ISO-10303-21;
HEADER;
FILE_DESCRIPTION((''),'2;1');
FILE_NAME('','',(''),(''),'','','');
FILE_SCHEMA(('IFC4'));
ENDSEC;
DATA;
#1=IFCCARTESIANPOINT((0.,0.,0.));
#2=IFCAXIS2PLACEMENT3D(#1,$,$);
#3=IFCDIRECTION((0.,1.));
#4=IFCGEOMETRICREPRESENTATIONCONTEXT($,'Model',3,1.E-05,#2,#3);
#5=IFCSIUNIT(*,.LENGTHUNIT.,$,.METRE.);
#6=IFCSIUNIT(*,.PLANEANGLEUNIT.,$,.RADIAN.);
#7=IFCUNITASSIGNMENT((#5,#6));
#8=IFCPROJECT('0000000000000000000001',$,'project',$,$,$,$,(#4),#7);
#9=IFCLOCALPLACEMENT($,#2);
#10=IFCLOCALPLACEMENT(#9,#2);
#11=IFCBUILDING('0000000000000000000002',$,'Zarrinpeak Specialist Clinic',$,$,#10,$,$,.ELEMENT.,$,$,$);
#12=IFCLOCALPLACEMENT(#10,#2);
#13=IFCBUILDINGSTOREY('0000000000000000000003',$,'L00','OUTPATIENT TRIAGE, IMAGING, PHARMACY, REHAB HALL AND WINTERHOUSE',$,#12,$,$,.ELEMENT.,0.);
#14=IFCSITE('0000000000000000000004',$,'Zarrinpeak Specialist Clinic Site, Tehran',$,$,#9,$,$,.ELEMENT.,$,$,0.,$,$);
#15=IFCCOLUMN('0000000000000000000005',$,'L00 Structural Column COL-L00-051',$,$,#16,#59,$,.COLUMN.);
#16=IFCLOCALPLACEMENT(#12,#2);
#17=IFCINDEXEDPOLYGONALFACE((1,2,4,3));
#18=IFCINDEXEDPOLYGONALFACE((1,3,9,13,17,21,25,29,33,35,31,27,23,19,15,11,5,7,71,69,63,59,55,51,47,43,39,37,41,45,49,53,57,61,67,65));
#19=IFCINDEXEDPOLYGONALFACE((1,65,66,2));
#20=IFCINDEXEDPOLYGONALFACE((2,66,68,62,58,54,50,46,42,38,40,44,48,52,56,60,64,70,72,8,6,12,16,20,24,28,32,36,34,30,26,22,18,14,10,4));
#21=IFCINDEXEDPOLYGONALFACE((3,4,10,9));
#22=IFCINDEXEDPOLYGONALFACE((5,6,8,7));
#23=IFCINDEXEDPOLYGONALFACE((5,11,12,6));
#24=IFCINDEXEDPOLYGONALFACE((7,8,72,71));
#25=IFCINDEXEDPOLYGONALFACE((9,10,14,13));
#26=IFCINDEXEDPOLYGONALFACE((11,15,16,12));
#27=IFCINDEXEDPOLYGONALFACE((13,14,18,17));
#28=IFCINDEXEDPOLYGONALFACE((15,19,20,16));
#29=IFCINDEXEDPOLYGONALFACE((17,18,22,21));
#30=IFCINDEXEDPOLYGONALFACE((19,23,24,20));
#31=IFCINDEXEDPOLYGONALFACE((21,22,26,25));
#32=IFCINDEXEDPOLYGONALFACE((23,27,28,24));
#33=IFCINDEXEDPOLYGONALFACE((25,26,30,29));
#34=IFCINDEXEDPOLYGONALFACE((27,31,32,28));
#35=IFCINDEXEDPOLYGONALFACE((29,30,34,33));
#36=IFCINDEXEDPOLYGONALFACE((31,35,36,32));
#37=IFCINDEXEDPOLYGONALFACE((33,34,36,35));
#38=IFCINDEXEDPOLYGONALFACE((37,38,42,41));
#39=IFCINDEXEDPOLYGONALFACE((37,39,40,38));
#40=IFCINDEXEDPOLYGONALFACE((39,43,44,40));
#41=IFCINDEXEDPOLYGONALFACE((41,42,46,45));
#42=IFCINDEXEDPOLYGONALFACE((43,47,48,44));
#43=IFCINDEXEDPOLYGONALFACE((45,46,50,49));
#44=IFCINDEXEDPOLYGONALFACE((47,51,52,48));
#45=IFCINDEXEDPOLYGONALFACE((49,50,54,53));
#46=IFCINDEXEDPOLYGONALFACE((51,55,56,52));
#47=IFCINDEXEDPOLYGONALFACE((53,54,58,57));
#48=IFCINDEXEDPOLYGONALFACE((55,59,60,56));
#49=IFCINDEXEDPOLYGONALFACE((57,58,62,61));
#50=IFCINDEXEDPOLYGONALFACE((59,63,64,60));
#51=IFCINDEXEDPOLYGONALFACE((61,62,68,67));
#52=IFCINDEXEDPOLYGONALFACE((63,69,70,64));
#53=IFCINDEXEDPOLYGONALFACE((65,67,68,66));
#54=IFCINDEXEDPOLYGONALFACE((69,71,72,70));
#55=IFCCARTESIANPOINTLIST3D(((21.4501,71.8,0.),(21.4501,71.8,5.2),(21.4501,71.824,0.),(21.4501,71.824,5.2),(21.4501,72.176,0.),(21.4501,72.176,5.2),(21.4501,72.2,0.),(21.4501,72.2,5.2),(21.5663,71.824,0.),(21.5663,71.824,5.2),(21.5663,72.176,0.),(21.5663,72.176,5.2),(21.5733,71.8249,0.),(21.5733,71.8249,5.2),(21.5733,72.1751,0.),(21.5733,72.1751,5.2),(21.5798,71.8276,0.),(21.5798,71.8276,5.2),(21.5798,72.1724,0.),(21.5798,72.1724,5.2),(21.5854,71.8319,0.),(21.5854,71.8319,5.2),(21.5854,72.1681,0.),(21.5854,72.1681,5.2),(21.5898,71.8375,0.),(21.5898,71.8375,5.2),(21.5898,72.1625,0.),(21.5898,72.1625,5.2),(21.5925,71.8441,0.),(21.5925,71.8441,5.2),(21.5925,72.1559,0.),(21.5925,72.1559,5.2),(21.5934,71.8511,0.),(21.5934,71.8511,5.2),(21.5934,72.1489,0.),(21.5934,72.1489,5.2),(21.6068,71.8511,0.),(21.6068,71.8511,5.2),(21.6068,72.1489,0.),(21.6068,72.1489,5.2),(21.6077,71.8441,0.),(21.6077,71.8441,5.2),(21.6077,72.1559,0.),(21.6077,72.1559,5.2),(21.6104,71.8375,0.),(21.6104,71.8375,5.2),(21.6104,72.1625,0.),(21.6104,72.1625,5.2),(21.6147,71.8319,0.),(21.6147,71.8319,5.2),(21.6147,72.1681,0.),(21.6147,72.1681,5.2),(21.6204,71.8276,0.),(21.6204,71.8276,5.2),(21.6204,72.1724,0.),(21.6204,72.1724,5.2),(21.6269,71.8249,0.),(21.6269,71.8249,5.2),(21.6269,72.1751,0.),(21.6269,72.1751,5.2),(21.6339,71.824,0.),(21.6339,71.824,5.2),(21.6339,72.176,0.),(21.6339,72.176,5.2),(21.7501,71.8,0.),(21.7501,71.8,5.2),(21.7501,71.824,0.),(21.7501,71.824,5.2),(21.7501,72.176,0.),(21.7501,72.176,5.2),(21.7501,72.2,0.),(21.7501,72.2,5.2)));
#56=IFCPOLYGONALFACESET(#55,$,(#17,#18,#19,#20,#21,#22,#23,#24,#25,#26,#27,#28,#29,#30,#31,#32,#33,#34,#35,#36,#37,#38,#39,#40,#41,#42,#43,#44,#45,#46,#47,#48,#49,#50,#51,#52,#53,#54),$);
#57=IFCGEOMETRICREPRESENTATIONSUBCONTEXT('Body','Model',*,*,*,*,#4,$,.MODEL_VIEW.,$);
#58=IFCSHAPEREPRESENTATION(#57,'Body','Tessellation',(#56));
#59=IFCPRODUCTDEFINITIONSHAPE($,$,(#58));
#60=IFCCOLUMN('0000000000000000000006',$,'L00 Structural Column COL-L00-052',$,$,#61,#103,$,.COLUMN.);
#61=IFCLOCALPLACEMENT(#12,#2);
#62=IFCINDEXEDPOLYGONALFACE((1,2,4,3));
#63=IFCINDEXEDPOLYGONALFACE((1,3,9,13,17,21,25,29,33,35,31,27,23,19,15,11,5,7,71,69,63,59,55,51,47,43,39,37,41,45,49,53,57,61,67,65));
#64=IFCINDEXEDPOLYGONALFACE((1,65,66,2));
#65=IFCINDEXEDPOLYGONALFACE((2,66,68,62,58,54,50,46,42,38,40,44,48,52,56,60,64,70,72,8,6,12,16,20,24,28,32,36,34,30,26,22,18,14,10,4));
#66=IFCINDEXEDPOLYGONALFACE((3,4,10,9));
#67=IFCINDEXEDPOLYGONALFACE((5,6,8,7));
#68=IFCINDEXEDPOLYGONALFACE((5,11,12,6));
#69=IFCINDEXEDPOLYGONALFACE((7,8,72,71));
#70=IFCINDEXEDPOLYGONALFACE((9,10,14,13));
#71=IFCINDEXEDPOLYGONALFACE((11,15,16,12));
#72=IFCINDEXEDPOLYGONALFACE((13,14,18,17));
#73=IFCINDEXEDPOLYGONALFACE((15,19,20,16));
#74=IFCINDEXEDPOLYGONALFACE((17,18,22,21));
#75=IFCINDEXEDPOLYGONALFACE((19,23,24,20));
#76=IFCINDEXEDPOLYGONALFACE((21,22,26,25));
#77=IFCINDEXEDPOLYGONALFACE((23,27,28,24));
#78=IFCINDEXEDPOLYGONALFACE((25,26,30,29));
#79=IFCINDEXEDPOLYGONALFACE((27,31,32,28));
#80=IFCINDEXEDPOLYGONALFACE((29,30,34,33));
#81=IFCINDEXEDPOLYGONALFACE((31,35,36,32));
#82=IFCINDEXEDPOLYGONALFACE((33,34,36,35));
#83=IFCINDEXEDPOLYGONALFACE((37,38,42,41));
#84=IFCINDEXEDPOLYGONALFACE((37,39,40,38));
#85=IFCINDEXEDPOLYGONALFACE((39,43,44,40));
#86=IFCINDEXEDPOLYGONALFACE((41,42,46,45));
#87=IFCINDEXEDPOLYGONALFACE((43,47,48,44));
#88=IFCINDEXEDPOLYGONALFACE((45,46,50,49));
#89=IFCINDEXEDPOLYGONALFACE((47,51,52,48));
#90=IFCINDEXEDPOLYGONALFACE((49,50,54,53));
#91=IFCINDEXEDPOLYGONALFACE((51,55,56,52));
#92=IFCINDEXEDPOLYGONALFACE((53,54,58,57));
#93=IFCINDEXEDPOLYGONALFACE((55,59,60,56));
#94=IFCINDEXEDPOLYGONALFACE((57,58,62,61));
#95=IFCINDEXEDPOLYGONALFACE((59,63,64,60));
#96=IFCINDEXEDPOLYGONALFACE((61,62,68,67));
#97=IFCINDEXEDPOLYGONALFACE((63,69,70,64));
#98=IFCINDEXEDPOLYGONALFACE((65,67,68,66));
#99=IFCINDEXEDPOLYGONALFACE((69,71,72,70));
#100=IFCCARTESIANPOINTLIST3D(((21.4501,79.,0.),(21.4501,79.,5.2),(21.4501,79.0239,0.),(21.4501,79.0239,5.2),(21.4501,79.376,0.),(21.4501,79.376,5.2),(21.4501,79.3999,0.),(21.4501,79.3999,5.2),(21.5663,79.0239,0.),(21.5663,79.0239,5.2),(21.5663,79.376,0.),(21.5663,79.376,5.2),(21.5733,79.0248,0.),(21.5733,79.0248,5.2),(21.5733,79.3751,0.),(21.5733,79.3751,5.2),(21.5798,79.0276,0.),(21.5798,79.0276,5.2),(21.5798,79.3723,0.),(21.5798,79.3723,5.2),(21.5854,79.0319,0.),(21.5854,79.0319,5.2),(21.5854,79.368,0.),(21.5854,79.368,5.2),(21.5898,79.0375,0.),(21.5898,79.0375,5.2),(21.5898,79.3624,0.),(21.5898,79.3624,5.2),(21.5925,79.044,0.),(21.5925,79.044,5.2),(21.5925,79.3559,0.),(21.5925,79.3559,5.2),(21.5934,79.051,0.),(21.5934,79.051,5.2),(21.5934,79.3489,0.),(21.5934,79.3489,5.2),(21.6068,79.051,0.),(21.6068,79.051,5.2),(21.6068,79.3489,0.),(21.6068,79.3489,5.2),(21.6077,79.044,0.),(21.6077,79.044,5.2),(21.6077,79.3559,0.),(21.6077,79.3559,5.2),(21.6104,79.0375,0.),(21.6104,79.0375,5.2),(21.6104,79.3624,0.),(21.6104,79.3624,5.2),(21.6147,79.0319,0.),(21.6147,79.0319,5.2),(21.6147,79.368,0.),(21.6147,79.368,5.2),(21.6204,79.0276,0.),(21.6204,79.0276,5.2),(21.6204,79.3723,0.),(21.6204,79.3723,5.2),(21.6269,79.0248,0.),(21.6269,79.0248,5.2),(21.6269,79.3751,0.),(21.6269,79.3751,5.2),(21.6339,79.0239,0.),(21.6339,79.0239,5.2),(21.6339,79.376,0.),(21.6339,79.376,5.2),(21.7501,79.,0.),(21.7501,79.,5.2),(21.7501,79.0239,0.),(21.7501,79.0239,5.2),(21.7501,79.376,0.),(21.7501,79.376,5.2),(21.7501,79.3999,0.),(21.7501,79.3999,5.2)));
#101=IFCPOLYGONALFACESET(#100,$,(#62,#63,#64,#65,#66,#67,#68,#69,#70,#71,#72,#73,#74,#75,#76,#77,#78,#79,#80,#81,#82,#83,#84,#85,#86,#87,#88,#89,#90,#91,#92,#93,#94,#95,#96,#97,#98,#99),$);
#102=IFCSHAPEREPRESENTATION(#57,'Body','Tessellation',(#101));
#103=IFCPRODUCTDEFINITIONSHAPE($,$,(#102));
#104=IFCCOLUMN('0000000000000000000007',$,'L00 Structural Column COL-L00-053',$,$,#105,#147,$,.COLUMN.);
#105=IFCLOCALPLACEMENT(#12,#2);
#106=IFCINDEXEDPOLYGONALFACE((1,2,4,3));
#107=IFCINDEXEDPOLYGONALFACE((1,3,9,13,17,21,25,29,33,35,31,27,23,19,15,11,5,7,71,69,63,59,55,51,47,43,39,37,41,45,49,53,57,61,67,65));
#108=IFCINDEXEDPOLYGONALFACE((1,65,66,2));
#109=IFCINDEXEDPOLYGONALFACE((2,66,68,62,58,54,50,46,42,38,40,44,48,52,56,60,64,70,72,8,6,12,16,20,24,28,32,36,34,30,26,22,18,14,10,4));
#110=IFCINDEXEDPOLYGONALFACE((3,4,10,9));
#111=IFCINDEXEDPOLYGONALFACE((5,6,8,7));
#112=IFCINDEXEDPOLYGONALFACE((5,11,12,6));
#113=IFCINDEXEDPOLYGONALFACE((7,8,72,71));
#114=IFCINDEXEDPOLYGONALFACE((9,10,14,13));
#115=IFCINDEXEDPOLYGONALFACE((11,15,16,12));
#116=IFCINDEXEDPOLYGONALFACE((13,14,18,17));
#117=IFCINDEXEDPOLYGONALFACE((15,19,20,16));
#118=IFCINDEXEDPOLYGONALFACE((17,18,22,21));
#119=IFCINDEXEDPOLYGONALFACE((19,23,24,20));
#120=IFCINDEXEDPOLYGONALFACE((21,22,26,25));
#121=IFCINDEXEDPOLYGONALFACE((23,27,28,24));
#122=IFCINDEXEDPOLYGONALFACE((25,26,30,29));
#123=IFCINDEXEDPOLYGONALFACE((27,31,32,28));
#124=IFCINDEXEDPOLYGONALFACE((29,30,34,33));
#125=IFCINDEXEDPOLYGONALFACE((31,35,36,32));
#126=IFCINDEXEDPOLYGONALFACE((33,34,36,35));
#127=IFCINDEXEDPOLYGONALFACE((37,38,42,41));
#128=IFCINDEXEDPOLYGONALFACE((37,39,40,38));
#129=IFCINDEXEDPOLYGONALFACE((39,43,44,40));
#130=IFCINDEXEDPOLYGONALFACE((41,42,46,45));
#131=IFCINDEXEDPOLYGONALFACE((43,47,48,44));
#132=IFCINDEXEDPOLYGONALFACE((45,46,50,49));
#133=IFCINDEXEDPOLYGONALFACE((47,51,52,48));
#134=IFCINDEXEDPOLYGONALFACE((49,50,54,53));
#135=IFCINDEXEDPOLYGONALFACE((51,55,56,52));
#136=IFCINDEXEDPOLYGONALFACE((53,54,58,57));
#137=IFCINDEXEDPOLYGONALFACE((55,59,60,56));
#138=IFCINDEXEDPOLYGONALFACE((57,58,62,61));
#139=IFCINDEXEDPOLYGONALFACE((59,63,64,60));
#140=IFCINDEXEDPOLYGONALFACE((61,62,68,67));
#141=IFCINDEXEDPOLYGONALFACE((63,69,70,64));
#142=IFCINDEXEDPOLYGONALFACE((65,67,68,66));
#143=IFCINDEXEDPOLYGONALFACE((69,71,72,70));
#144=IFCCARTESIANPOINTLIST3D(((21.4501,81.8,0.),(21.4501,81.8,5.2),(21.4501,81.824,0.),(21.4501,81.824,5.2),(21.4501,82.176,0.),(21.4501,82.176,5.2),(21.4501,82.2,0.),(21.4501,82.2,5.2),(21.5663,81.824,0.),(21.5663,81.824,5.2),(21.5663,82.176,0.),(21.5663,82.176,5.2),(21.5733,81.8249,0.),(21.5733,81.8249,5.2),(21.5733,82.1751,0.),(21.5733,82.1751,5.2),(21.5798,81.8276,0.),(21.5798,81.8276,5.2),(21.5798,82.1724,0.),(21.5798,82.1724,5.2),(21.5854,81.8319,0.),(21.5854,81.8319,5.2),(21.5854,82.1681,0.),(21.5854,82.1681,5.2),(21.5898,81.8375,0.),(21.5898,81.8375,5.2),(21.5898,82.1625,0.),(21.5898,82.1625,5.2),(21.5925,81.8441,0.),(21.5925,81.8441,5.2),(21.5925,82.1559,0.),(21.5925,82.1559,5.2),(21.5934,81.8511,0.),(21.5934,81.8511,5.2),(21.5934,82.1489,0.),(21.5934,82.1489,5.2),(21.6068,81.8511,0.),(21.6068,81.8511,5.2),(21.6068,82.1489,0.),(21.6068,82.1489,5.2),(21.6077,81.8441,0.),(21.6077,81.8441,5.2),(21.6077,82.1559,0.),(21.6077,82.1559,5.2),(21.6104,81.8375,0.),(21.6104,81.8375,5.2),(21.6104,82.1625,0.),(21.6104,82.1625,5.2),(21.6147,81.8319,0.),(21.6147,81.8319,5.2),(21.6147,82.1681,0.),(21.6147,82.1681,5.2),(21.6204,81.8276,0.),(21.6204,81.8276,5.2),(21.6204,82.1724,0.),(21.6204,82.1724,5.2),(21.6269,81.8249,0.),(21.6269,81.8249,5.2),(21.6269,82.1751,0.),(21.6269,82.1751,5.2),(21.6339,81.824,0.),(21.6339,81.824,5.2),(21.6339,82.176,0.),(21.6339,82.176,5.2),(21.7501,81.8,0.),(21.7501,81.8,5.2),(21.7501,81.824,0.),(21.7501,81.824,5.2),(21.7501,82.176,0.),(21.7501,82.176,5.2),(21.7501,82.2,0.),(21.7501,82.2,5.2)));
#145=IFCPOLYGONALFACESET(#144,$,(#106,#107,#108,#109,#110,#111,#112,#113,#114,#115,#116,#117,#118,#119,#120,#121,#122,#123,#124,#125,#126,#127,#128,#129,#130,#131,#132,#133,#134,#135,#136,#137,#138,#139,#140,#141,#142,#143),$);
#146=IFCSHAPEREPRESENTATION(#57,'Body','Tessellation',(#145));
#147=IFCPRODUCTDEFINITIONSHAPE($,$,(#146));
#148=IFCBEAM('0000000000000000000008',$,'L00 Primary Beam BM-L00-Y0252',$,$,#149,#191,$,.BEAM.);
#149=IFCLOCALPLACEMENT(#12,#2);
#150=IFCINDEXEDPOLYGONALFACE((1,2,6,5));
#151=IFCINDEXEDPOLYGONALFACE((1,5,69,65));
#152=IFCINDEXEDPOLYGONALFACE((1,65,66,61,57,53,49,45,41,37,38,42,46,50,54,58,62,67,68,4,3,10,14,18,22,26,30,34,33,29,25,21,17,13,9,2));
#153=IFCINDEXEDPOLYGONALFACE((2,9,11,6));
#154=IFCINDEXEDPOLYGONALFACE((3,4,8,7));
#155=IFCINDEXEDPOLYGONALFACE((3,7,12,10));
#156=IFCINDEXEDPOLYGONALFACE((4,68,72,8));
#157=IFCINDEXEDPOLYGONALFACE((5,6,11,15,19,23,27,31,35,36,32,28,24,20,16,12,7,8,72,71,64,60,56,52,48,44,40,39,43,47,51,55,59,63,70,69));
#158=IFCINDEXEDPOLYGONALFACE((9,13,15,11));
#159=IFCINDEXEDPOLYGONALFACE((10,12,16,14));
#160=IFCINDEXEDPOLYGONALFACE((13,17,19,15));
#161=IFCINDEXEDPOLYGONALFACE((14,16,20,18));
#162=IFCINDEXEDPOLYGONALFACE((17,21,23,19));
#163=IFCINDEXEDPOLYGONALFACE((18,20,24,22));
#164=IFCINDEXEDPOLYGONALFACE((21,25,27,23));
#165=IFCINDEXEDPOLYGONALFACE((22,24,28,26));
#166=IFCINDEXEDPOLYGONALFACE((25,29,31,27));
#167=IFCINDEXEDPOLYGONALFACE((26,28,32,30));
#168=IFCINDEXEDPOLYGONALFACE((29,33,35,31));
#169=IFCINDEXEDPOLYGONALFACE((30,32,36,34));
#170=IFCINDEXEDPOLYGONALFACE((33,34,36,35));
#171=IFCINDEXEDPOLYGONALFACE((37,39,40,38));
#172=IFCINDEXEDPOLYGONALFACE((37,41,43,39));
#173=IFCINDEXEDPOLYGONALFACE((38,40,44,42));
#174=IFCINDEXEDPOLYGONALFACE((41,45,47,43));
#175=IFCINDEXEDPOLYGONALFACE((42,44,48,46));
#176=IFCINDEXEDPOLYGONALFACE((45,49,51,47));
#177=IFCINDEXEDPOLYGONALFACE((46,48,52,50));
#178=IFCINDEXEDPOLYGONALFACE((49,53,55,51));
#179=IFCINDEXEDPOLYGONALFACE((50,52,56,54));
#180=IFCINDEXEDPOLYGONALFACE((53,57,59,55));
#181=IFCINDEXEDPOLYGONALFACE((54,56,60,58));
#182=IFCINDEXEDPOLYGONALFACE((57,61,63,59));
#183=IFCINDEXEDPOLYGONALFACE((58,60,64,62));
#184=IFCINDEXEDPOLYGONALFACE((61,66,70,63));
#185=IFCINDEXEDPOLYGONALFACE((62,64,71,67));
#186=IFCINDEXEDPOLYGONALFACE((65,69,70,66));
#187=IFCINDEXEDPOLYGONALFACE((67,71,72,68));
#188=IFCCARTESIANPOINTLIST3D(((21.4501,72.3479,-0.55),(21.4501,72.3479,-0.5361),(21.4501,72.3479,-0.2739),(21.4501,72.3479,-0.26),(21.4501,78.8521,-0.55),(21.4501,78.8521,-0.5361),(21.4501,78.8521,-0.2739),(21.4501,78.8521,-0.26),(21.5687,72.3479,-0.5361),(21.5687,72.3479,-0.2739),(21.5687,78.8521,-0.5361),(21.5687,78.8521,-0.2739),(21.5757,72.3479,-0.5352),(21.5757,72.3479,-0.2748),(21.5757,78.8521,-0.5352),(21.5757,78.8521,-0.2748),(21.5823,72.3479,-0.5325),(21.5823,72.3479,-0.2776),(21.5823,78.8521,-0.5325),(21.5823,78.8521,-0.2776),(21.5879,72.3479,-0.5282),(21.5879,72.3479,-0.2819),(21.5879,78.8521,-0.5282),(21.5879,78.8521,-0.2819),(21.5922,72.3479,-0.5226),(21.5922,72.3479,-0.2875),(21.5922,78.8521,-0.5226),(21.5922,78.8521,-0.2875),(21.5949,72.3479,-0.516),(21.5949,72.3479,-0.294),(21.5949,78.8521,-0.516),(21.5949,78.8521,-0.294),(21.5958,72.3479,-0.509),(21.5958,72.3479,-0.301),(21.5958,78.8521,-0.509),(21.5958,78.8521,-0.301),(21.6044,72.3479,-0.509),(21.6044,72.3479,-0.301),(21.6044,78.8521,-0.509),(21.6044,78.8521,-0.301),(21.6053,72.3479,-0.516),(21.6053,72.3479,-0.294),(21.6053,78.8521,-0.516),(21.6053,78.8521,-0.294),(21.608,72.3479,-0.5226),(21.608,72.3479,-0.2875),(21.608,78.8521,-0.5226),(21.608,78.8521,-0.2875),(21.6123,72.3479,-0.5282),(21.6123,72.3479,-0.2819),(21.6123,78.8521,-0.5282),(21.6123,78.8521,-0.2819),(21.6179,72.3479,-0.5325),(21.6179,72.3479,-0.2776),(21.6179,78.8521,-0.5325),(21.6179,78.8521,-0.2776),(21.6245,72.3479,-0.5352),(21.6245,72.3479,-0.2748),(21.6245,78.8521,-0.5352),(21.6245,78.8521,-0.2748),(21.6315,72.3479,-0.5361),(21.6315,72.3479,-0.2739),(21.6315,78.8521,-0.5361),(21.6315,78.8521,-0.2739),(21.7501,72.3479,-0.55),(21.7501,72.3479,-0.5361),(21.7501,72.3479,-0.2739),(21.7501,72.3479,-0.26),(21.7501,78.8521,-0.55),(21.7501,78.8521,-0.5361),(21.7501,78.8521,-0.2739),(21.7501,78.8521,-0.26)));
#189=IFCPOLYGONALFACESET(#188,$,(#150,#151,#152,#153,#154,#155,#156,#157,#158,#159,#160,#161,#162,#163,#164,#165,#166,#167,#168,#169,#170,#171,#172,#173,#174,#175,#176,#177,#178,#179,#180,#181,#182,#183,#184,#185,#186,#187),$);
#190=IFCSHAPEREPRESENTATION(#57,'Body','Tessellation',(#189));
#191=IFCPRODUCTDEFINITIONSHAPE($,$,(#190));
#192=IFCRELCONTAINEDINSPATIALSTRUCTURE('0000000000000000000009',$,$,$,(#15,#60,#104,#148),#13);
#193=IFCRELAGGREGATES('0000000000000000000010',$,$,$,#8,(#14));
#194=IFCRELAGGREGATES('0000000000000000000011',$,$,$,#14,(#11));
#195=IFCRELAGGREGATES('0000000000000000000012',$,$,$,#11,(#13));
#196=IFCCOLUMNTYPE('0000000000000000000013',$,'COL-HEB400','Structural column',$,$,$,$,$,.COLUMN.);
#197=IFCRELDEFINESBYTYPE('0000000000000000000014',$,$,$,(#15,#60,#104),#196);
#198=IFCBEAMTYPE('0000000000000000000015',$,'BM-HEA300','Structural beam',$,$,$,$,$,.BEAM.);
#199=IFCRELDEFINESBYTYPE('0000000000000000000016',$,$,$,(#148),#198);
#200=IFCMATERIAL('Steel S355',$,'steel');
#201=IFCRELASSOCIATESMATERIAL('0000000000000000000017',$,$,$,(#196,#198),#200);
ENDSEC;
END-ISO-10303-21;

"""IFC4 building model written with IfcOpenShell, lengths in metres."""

from ifc_helpers import new_model, si_unit, direction, frame, origin, origin_2d, place, context, subcontext, project, spatial, i_section, extrude, material, material_profile, profile_set, type_object, element, save


model = new_model("IFC4")

# Units and contexts
model_context = context("Model", 3, precision=1e-05, world=origin(), true_north=direction((0.0, 1.0)))
body_context = subcontext(model_context, "Body", "Model", "MODEL_VIEW")
ifc_project = project(units=[si_unit("LENGTHUNIT", "METRE"), si_unit("PLANEANGLEUNIT", "RADIAN")], contexts=[model_context])

# Site, building, storey
site_placement = place(None, origin())
site = spatial("IfcSite", under=ifc_project, at=site_placement, Name="Zarrinpeak Specialist Clinic Site, Tehran", CompositionType="ELEMENT", RefElevation=0.0)
building_placement = place(site_placement, origin())
building = spatial("IfcBuilding", under=site, at=building_placement, Name="Zarrinpeak Specialist Clinic", CompositionType="ELEMENT")
storey_placement = place(building_placement, origin())
storey = spatial("IfcBuildingStorey", under=building, at=storey_placement, Name="L00", Description="OUTPATIENT TRIAGE, IMAGING, PHARMACY, REHAB HALL AND WINTERHOUSE", CompositionType="ELEMENT", Elevation=0.0)

# Columns
ifc_material_1 = material(Name="Steel S355", Category="steel")
ifc_material_profile_1 = material_profile(ifc_material_1, i_section(OverallWidth=0.3, OverallDepth=0.3999, WebThickness=0.0134, FlangeThickness=0.0239, FilletRadius=0.0271, at=origin_2d()), Name="HEB 400")
ifc_profile_set_1 = profile_set([ifc_material_profile_1], Name="Steel S355")
column_type = type_object("IfcColumnType", Name="COL-HEB400", Description="Structural column", PredefinedType="COLUMN", material=ifc_profile_set_1)
for number, where, z_axis, x_axis, name in (
    (1, (21.6001, 72.0, 0.0), (0.0, 0.0, 1.0), (1.0, 0.0, 0.0), "L00 Structural Column COL-L00-051"),
    (2, (21.6001, 79.2, 0.0), (0.0, 0.0, 1.0), (1.0, 0.0, 0.0), "L00 Structural Column COL-L00-052"),
    (3, (21.6001, 82.0, 0.0), (0.0, 0.0, 1.0), (1.0, 0.0, 0.0), "L00 Structural Column COL-L00-053"),
):
    element("IfcColumn", number, at=place(storey_placement, frame(where, z_axis=z_axis, x_axis=x_axis)), inside=storey, type_object=column_type, Name=name, PredefinedType="COLUMN", context=body_context, shape_type="SweptSolid", body=[
        extrude(i_section(OverallWidth=0.3, OverallDepth=0.3999, WebThickness=0.0134, FlangeThickness=0.0239, FilletRadius=0.0271, at=origin_2d()), origin(), (0.0, 0.0, 1.0), 5.2),
    ])

# Beam
ifc_material_profile_2 = material_profile(ifc_material_1, i_section(OverallWidth=0.3, OverallDepth=0.29, WebThickness=0.0085, FlangeThickness=0.0139, FilletRadius=0.0271, at=origin_2d()), Name="HEA 300")
ifc_profile_set_2 = profile_set([ifc_material_profile_2], Name="Steel S355")
beam_type_1 = type_object("IfcBeamType", Name="BM-HEA300", Description="Structural beam", PredefinedType="BEAM", material=ifc_profile_set_2)
beam_1_placement = place(storey_placement, frame((21.6001, 72.3479, -0.405), z_axis=(0.0, 1.0, 0.0), x_axis=(-1.0, 0.0, 0.0)))
element("IfcBeam", 4, at=beam_1_placement, inside=storey, type_object=beam_type_1, Name="L00 Primary Beam BM-L00-Y0252", PredefinedType="BEAM", context=body_context, shape_type="SweptSolid", body=[
    extrude(i_section(OverallWidth=0.3, OverallDepth=0.29, WebThickness=0.0085, FlangeThickness=0.0139, FilletRadius=0.0271, at=origin_2d()), origin(), (0.0, 0.0, 1.0), 6.5042),
])

save(model, "model.ifc")
